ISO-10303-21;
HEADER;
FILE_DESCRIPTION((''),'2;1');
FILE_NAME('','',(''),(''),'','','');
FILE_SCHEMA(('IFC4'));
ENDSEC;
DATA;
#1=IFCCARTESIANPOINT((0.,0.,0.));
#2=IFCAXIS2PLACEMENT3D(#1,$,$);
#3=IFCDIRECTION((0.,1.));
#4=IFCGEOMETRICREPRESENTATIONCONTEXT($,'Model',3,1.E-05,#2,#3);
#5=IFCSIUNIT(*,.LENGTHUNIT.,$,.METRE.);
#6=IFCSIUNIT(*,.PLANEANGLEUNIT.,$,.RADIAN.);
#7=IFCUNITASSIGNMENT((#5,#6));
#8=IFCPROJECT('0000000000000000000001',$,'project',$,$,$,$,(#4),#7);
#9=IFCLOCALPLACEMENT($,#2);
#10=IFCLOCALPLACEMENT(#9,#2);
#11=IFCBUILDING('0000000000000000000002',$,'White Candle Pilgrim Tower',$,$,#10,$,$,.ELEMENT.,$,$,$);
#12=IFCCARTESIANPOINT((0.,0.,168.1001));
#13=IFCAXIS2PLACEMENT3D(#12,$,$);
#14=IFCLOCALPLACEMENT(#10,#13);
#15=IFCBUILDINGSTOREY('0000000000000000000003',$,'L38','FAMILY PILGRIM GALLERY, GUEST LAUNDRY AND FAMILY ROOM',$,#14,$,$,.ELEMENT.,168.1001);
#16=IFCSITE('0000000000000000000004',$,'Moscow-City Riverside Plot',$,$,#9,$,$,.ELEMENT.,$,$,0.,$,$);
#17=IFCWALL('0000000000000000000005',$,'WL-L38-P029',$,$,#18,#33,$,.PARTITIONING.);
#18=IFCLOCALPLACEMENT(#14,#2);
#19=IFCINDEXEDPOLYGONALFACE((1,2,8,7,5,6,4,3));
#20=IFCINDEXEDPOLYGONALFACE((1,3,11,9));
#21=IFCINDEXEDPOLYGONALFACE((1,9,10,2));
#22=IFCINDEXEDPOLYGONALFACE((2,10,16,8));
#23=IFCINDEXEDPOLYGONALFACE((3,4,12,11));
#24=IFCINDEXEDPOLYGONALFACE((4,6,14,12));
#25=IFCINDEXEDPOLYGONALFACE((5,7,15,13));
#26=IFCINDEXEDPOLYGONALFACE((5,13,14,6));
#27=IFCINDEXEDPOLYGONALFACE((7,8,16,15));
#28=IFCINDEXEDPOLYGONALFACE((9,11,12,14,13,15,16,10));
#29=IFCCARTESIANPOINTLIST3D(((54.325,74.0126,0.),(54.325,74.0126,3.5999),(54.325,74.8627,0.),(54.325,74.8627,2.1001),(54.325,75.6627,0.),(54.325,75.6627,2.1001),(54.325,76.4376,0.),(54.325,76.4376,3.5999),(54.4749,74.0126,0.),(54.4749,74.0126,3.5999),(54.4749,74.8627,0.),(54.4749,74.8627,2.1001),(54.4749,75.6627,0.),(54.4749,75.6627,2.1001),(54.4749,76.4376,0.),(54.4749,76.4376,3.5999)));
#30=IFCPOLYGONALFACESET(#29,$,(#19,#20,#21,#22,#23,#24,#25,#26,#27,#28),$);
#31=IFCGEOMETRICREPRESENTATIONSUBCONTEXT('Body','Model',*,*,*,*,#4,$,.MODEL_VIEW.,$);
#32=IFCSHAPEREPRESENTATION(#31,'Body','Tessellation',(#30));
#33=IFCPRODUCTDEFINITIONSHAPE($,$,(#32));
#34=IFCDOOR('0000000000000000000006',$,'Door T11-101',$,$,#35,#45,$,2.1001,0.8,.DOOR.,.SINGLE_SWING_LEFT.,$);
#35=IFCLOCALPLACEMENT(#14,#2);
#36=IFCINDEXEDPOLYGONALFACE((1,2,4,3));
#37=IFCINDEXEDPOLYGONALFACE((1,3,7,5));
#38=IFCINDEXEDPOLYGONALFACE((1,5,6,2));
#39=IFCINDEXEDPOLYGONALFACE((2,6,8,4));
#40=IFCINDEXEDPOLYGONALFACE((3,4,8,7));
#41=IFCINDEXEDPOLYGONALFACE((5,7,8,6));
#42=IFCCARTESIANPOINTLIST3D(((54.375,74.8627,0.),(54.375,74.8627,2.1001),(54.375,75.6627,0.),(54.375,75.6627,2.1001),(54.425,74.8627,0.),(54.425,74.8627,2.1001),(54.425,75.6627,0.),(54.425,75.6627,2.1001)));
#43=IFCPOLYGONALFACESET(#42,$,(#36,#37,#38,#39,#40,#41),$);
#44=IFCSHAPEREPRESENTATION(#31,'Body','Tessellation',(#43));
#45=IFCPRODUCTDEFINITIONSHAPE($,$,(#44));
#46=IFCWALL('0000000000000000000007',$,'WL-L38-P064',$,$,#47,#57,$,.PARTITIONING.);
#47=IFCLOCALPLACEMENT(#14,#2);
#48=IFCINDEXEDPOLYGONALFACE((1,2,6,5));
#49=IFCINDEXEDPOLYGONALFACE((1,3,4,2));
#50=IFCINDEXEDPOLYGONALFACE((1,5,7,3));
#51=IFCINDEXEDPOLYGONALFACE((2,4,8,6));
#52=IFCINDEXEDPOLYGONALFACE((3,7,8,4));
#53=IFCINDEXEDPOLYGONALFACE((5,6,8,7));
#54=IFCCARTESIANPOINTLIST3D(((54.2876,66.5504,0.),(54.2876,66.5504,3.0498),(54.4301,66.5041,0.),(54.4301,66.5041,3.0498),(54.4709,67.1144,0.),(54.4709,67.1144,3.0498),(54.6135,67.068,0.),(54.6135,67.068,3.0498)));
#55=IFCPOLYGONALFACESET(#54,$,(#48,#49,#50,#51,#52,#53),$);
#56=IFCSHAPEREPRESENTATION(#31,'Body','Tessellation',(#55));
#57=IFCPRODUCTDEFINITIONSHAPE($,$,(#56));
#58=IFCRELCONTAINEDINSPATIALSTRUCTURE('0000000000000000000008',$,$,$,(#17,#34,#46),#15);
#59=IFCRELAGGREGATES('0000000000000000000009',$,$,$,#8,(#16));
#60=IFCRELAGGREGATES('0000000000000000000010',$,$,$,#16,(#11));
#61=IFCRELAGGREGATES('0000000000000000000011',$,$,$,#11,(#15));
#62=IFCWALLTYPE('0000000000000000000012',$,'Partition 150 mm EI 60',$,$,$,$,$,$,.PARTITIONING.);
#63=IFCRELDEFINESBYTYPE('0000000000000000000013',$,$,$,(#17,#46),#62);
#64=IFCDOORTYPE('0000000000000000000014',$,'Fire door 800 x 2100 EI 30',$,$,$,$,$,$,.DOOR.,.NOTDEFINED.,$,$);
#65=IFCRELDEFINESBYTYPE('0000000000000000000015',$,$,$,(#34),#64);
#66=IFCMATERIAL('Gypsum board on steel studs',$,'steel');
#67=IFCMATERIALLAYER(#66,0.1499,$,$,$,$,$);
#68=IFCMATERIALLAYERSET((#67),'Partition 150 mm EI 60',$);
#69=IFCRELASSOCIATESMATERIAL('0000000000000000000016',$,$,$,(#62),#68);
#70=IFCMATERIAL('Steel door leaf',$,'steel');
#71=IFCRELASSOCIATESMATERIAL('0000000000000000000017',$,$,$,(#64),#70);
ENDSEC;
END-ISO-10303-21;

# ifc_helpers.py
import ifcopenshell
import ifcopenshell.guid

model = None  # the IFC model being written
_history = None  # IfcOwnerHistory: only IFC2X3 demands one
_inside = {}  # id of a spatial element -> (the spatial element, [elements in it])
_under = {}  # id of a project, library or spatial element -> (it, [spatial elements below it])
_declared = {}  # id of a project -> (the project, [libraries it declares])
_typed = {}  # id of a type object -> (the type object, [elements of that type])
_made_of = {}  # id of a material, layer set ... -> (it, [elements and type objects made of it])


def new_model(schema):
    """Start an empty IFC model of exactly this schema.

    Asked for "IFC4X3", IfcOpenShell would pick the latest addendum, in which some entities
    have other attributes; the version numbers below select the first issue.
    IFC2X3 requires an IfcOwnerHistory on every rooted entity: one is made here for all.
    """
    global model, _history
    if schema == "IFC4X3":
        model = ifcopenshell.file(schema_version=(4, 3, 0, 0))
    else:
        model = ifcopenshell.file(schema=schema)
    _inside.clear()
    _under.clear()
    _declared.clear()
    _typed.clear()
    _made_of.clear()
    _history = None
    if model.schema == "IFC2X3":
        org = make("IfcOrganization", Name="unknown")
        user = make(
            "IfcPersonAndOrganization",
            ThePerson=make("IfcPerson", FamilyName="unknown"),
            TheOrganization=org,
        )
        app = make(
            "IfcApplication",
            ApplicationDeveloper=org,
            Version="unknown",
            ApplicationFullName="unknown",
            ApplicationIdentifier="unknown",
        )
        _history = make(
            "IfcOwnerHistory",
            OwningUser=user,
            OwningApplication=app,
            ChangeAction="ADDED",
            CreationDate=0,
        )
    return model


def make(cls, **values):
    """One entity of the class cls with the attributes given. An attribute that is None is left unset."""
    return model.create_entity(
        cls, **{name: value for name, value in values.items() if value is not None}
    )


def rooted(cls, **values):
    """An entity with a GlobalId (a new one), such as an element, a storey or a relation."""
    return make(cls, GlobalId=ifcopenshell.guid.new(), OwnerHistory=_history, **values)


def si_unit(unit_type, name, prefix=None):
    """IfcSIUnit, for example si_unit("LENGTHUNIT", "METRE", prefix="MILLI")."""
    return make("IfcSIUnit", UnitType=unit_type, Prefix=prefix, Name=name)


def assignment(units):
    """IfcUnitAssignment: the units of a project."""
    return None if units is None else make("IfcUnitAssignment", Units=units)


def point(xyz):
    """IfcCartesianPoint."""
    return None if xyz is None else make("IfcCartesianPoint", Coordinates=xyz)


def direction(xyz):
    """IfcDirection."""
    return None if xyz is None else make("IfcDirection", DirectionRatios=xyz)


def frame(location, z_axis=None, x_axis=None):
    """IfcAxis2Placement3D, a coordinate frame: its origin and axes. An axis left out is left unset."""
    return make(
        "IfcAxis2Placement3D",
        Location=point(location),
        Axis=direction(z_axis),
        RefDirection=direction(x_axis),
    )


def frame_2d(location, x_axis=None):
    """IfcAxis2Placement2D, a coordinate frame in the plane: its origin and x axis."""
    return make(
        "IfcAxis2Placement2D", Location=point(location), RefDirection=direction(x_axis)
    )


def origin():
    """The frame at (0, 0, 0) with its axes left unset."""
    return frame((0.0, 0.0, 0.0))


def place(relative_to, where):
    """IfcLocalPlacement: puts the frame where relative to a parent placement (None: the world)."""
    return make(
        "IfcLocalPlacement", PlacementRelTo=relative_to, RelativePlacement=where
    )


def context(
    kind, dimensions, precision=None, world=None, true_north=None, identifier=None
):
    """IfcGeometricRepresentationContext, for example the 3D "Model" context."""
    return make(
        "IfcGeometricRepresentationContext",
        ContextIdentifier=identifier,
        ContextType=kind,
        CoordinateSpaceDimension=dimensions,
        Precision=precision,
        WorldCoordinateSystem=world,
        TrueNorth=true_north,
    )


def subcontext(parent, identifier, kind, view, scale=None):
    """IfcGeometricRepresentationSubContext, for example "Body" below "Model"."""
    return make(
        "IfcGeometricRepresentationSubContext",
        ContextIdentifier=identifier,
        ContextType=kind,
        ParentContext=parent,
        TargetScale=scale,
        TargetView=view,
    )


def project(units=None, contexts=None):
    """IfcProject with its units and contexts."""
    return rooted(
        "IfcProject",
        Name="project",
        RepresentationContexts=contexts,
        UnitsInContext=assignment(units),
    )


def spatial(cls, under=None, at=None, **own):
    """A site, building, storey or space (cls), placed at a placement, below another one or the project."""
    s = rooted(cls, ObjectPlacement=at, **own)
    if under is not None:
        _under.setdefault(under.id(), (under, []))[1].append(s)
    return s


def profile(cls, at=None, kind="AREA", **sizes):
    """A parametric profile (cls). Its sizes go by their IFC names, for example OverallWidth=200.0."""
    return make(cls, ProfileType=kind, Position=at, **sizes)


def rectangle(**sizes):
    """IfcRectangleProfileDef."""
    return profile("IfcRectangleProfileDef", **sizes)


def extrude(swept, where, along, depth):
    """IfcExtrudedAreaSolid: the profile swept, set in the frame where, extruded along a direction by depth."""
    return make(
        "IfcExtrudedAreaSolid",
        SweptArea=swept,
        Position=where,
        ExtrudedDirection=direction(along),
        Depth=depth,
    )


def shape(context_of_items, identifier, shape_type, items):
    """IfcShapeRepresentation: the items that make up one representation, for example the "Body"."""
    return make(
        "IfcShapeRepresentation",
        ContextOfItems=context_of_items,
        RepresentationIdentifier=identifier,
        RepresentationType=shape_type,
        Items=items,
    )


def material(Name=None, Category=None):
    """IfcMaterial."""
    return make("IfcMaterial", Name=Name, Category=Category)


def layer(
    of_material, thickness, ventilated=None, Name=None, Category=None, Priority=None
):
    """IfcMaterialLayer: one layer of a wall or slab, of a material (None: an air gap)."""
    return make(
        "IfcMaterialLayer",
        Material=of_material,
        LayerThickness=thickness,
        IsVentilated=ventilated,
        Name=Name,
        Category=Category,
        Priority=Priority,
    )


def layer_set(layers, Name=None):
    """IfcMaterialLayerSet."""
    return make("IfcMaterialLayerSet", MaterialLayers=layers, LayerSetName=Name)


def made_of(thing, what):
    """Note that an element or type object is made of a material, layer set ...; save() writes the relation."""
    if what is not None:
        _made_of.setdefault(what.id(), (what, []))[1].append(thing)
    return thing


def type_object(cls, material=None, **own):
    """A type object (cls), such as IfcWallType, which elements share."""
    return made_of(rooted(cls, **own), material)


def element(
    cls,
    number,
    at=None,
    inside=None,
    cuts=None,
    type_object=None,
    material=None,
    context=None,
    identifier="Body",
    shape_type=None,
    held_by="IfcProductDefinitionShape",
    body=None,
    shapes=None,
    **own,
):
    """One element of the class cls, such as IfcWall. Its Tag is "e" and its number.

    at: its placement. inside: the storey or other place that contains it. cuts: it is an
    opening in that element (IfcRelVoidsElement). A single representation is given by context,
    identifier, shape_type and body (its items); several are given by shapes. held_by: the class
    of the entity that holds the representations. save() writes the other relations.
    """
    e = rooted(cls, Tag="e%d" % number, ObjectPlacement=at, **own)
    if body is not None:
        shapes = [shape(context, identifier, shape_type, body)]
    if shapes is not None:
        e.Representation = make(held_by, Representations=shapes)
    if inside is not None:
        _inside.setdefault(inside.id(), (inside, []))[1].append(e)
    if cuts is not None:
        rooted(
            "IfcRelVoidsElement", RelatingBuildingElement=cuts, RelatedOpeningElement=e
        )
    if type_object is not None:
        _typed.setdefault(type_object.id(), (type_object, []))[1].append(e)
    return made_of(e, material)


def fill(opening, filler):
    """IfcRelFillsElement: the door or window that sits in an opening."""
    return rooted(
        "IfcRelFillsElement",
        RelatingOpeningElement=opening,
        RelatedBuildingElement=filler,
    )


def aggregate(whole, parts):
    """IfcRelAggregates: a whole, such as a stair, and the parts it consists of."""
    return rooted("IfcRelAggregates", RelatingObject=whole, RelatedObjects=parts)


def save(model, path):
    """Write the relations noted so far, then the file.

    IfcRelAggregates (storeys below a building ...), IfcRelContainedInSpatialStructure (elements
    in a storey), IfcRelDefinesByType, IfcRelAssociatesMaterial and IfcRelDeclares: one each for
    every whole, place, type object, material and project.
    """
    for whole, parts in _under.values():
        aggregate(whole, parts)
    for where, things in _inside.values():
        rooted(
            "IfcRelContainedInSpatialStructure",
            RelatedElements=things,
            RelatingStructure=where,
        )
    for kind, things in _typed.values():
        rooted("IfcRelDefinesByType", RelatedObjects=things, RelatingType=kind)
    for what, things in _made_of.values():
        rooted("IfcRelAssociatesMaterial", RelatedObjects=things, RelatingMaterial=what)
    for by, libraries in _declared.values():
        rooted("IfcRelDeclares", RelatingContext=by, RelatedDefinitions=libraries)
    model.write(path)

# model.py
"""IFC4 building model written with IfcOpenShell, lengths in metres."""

from ifc_helpers import new_model, si_unit, direction, frame, frame_2d, origin, place, context, subcontext, project, spatial, rectangle, extrude, material, layer, layer_set, type_object, element, fill, save


model = new_model("IFC4")

# Units and contexts
model_context = context("Model", 3, precision=1e-05, world=origin(), true_north=direction((0.0, 1.0)))
body_context = subcontext(model_context, "Body", "Model", "MODEL_VIEW")
ifc_project = project(units=[si_unit("LENGTHUNIT", "METRE"), si_unit("PLANEANGLEUNIT", "RADIAN")], contexts=[model_context])

# Site, building, storey
site_placement = place(None, origin())
site = spatial("IfcSite", under=ifc_project, at=site_placement, Name="Moscow-City Riverside Plot", CompositionType="ELEMENT", RefElevation=0.0)
building_placement = place(site_placement, origin())
building = spatial("IfcBuilding", under=site, at=building_placement, Name="White Candle Pilgrim Tower", CompositionType="ELEMENT")
storey_placement = place(building_placement, frame((0.0, 0.0, 168.1001)))
storey = spatial("IfcBuildingStorey", under=building, at=storey_placement, Name="L38", Description="FAMILY PILGRIM GALLERY, GUEST LAUNDRY AND FAMILY ROOM", CompositionType="ELEMENT", Elevation=168.1001)

# Shared definitions
ifc_material_1 = material(Name="Gypsum board on steel studs", Category="steel")
ifc_material_2 = material(Name="Steel door leaf", Category="steel")

# Shared definitions
ifc_layer_1 = layer(ifc_material_1, 0.1499)
ifc_layer_set_1 = layer_set([ifc_layer_1], Name="Partition 150 mm EI 60")
wall_type_1 = type_object("IfcWallType", Name="Partition 150 mm EI 60", PredefinedType="PARTITIONING", material=ifc_layer_set_1)

# Wall, opening, door
wall_1_placement = place(storey_placement, frame((54.3999, 74.0127, 0.0), z_axis=(0.0, 0.0, 1.0), x_axis=(0.0, 1.0, 0.0)))
wall_1 = element("IfcWall", 1, at=wall_1_placement, inside=storey, type_object=wall_type_1, Name="WL-L38-P029", PredefinedType="PARTITIONING", context=body_context, shape_type="SweptSolid", body=[
    extrude(rectangle(XDim=2.425, YDim=0.1499, at=frame_2d((1.2124, 0.0))), origin(), (0.0, 0.0, 1.0), 3.5999),
])
opening_1_placement = place(wall_1_placement, frame((0.8501, 0.0, 0.0)))
opening_1 = element("IfcOpeningElement", 2, at=opening_1_placement, cuts=wall_1, PredefinedType="OPENING", context=body_context, shape_type="SweptSolid", body=[
    extrude(rectangle(XDim=0.8, YDim=2.1001, at=frame_2d((0.3999, 1.05))), frame((0.0, 0.085, 0.0), z_axis=(0.0, -1.0, 0.0), x_axis=(1.0, 0.0, 0.0)), (0.0, 0.0, 1.0), 0.1699),
])
door_type_1 = type_object("IfcDoorType", Name="Fire door 800 x 2100 EI 30", OperationType="NOTDEFINED", PredefinedType="DOOR", material=ifc_material_2)
door_1_placement = place(opening_1_placement, origin())
door_1 = element("IfcDoor", 3, at=door_1_placement, inside=storey, type_object=door_type_1, Name="Door T11-101", OperationType="SINGLE_SWING_LEFT", OverallHeight=2.1001, OverallWidth=0.8, PredefinedType="DOOR", context=body_context, shape_type="SweptSolid", body=[
    extrude(rectangle(XDim=0.8, YDim=2.1001, at=frame_2d((0.3999, 1.05))), frame((0.0, 0.0249, 0.0), z_axis=(0.0, -1.0, 0.0), x_axis=(1.0, 0.0, 0.0)), (0.0, 0.0, 1.0), 0.05),
])
fill(opening_1, door_1)

# Wall
wall_2_placement = place(storey_placement, frame((54.3589, 66.5273, 0.0), z_axis=(0.0, 0.0, 1.0), x_axis=(0.309179, 0.951004, 0.0)))
element("IfcWall", 4, at=wall_2_placement, inside=storey, type_object=wall_type_1, Name="WL-L38-P064", PredefinedType="PARTITIONING", context=body_context, shape_type="SweptSolid", body=[
    extrude(rectangle(XDim=0.593, YDim=0.1499, at=frame_2d((0.2964, 0.0))), origin(), (0.0, 0.0, 1.0), 3.0498),
])

save(model, "model.ifc")
